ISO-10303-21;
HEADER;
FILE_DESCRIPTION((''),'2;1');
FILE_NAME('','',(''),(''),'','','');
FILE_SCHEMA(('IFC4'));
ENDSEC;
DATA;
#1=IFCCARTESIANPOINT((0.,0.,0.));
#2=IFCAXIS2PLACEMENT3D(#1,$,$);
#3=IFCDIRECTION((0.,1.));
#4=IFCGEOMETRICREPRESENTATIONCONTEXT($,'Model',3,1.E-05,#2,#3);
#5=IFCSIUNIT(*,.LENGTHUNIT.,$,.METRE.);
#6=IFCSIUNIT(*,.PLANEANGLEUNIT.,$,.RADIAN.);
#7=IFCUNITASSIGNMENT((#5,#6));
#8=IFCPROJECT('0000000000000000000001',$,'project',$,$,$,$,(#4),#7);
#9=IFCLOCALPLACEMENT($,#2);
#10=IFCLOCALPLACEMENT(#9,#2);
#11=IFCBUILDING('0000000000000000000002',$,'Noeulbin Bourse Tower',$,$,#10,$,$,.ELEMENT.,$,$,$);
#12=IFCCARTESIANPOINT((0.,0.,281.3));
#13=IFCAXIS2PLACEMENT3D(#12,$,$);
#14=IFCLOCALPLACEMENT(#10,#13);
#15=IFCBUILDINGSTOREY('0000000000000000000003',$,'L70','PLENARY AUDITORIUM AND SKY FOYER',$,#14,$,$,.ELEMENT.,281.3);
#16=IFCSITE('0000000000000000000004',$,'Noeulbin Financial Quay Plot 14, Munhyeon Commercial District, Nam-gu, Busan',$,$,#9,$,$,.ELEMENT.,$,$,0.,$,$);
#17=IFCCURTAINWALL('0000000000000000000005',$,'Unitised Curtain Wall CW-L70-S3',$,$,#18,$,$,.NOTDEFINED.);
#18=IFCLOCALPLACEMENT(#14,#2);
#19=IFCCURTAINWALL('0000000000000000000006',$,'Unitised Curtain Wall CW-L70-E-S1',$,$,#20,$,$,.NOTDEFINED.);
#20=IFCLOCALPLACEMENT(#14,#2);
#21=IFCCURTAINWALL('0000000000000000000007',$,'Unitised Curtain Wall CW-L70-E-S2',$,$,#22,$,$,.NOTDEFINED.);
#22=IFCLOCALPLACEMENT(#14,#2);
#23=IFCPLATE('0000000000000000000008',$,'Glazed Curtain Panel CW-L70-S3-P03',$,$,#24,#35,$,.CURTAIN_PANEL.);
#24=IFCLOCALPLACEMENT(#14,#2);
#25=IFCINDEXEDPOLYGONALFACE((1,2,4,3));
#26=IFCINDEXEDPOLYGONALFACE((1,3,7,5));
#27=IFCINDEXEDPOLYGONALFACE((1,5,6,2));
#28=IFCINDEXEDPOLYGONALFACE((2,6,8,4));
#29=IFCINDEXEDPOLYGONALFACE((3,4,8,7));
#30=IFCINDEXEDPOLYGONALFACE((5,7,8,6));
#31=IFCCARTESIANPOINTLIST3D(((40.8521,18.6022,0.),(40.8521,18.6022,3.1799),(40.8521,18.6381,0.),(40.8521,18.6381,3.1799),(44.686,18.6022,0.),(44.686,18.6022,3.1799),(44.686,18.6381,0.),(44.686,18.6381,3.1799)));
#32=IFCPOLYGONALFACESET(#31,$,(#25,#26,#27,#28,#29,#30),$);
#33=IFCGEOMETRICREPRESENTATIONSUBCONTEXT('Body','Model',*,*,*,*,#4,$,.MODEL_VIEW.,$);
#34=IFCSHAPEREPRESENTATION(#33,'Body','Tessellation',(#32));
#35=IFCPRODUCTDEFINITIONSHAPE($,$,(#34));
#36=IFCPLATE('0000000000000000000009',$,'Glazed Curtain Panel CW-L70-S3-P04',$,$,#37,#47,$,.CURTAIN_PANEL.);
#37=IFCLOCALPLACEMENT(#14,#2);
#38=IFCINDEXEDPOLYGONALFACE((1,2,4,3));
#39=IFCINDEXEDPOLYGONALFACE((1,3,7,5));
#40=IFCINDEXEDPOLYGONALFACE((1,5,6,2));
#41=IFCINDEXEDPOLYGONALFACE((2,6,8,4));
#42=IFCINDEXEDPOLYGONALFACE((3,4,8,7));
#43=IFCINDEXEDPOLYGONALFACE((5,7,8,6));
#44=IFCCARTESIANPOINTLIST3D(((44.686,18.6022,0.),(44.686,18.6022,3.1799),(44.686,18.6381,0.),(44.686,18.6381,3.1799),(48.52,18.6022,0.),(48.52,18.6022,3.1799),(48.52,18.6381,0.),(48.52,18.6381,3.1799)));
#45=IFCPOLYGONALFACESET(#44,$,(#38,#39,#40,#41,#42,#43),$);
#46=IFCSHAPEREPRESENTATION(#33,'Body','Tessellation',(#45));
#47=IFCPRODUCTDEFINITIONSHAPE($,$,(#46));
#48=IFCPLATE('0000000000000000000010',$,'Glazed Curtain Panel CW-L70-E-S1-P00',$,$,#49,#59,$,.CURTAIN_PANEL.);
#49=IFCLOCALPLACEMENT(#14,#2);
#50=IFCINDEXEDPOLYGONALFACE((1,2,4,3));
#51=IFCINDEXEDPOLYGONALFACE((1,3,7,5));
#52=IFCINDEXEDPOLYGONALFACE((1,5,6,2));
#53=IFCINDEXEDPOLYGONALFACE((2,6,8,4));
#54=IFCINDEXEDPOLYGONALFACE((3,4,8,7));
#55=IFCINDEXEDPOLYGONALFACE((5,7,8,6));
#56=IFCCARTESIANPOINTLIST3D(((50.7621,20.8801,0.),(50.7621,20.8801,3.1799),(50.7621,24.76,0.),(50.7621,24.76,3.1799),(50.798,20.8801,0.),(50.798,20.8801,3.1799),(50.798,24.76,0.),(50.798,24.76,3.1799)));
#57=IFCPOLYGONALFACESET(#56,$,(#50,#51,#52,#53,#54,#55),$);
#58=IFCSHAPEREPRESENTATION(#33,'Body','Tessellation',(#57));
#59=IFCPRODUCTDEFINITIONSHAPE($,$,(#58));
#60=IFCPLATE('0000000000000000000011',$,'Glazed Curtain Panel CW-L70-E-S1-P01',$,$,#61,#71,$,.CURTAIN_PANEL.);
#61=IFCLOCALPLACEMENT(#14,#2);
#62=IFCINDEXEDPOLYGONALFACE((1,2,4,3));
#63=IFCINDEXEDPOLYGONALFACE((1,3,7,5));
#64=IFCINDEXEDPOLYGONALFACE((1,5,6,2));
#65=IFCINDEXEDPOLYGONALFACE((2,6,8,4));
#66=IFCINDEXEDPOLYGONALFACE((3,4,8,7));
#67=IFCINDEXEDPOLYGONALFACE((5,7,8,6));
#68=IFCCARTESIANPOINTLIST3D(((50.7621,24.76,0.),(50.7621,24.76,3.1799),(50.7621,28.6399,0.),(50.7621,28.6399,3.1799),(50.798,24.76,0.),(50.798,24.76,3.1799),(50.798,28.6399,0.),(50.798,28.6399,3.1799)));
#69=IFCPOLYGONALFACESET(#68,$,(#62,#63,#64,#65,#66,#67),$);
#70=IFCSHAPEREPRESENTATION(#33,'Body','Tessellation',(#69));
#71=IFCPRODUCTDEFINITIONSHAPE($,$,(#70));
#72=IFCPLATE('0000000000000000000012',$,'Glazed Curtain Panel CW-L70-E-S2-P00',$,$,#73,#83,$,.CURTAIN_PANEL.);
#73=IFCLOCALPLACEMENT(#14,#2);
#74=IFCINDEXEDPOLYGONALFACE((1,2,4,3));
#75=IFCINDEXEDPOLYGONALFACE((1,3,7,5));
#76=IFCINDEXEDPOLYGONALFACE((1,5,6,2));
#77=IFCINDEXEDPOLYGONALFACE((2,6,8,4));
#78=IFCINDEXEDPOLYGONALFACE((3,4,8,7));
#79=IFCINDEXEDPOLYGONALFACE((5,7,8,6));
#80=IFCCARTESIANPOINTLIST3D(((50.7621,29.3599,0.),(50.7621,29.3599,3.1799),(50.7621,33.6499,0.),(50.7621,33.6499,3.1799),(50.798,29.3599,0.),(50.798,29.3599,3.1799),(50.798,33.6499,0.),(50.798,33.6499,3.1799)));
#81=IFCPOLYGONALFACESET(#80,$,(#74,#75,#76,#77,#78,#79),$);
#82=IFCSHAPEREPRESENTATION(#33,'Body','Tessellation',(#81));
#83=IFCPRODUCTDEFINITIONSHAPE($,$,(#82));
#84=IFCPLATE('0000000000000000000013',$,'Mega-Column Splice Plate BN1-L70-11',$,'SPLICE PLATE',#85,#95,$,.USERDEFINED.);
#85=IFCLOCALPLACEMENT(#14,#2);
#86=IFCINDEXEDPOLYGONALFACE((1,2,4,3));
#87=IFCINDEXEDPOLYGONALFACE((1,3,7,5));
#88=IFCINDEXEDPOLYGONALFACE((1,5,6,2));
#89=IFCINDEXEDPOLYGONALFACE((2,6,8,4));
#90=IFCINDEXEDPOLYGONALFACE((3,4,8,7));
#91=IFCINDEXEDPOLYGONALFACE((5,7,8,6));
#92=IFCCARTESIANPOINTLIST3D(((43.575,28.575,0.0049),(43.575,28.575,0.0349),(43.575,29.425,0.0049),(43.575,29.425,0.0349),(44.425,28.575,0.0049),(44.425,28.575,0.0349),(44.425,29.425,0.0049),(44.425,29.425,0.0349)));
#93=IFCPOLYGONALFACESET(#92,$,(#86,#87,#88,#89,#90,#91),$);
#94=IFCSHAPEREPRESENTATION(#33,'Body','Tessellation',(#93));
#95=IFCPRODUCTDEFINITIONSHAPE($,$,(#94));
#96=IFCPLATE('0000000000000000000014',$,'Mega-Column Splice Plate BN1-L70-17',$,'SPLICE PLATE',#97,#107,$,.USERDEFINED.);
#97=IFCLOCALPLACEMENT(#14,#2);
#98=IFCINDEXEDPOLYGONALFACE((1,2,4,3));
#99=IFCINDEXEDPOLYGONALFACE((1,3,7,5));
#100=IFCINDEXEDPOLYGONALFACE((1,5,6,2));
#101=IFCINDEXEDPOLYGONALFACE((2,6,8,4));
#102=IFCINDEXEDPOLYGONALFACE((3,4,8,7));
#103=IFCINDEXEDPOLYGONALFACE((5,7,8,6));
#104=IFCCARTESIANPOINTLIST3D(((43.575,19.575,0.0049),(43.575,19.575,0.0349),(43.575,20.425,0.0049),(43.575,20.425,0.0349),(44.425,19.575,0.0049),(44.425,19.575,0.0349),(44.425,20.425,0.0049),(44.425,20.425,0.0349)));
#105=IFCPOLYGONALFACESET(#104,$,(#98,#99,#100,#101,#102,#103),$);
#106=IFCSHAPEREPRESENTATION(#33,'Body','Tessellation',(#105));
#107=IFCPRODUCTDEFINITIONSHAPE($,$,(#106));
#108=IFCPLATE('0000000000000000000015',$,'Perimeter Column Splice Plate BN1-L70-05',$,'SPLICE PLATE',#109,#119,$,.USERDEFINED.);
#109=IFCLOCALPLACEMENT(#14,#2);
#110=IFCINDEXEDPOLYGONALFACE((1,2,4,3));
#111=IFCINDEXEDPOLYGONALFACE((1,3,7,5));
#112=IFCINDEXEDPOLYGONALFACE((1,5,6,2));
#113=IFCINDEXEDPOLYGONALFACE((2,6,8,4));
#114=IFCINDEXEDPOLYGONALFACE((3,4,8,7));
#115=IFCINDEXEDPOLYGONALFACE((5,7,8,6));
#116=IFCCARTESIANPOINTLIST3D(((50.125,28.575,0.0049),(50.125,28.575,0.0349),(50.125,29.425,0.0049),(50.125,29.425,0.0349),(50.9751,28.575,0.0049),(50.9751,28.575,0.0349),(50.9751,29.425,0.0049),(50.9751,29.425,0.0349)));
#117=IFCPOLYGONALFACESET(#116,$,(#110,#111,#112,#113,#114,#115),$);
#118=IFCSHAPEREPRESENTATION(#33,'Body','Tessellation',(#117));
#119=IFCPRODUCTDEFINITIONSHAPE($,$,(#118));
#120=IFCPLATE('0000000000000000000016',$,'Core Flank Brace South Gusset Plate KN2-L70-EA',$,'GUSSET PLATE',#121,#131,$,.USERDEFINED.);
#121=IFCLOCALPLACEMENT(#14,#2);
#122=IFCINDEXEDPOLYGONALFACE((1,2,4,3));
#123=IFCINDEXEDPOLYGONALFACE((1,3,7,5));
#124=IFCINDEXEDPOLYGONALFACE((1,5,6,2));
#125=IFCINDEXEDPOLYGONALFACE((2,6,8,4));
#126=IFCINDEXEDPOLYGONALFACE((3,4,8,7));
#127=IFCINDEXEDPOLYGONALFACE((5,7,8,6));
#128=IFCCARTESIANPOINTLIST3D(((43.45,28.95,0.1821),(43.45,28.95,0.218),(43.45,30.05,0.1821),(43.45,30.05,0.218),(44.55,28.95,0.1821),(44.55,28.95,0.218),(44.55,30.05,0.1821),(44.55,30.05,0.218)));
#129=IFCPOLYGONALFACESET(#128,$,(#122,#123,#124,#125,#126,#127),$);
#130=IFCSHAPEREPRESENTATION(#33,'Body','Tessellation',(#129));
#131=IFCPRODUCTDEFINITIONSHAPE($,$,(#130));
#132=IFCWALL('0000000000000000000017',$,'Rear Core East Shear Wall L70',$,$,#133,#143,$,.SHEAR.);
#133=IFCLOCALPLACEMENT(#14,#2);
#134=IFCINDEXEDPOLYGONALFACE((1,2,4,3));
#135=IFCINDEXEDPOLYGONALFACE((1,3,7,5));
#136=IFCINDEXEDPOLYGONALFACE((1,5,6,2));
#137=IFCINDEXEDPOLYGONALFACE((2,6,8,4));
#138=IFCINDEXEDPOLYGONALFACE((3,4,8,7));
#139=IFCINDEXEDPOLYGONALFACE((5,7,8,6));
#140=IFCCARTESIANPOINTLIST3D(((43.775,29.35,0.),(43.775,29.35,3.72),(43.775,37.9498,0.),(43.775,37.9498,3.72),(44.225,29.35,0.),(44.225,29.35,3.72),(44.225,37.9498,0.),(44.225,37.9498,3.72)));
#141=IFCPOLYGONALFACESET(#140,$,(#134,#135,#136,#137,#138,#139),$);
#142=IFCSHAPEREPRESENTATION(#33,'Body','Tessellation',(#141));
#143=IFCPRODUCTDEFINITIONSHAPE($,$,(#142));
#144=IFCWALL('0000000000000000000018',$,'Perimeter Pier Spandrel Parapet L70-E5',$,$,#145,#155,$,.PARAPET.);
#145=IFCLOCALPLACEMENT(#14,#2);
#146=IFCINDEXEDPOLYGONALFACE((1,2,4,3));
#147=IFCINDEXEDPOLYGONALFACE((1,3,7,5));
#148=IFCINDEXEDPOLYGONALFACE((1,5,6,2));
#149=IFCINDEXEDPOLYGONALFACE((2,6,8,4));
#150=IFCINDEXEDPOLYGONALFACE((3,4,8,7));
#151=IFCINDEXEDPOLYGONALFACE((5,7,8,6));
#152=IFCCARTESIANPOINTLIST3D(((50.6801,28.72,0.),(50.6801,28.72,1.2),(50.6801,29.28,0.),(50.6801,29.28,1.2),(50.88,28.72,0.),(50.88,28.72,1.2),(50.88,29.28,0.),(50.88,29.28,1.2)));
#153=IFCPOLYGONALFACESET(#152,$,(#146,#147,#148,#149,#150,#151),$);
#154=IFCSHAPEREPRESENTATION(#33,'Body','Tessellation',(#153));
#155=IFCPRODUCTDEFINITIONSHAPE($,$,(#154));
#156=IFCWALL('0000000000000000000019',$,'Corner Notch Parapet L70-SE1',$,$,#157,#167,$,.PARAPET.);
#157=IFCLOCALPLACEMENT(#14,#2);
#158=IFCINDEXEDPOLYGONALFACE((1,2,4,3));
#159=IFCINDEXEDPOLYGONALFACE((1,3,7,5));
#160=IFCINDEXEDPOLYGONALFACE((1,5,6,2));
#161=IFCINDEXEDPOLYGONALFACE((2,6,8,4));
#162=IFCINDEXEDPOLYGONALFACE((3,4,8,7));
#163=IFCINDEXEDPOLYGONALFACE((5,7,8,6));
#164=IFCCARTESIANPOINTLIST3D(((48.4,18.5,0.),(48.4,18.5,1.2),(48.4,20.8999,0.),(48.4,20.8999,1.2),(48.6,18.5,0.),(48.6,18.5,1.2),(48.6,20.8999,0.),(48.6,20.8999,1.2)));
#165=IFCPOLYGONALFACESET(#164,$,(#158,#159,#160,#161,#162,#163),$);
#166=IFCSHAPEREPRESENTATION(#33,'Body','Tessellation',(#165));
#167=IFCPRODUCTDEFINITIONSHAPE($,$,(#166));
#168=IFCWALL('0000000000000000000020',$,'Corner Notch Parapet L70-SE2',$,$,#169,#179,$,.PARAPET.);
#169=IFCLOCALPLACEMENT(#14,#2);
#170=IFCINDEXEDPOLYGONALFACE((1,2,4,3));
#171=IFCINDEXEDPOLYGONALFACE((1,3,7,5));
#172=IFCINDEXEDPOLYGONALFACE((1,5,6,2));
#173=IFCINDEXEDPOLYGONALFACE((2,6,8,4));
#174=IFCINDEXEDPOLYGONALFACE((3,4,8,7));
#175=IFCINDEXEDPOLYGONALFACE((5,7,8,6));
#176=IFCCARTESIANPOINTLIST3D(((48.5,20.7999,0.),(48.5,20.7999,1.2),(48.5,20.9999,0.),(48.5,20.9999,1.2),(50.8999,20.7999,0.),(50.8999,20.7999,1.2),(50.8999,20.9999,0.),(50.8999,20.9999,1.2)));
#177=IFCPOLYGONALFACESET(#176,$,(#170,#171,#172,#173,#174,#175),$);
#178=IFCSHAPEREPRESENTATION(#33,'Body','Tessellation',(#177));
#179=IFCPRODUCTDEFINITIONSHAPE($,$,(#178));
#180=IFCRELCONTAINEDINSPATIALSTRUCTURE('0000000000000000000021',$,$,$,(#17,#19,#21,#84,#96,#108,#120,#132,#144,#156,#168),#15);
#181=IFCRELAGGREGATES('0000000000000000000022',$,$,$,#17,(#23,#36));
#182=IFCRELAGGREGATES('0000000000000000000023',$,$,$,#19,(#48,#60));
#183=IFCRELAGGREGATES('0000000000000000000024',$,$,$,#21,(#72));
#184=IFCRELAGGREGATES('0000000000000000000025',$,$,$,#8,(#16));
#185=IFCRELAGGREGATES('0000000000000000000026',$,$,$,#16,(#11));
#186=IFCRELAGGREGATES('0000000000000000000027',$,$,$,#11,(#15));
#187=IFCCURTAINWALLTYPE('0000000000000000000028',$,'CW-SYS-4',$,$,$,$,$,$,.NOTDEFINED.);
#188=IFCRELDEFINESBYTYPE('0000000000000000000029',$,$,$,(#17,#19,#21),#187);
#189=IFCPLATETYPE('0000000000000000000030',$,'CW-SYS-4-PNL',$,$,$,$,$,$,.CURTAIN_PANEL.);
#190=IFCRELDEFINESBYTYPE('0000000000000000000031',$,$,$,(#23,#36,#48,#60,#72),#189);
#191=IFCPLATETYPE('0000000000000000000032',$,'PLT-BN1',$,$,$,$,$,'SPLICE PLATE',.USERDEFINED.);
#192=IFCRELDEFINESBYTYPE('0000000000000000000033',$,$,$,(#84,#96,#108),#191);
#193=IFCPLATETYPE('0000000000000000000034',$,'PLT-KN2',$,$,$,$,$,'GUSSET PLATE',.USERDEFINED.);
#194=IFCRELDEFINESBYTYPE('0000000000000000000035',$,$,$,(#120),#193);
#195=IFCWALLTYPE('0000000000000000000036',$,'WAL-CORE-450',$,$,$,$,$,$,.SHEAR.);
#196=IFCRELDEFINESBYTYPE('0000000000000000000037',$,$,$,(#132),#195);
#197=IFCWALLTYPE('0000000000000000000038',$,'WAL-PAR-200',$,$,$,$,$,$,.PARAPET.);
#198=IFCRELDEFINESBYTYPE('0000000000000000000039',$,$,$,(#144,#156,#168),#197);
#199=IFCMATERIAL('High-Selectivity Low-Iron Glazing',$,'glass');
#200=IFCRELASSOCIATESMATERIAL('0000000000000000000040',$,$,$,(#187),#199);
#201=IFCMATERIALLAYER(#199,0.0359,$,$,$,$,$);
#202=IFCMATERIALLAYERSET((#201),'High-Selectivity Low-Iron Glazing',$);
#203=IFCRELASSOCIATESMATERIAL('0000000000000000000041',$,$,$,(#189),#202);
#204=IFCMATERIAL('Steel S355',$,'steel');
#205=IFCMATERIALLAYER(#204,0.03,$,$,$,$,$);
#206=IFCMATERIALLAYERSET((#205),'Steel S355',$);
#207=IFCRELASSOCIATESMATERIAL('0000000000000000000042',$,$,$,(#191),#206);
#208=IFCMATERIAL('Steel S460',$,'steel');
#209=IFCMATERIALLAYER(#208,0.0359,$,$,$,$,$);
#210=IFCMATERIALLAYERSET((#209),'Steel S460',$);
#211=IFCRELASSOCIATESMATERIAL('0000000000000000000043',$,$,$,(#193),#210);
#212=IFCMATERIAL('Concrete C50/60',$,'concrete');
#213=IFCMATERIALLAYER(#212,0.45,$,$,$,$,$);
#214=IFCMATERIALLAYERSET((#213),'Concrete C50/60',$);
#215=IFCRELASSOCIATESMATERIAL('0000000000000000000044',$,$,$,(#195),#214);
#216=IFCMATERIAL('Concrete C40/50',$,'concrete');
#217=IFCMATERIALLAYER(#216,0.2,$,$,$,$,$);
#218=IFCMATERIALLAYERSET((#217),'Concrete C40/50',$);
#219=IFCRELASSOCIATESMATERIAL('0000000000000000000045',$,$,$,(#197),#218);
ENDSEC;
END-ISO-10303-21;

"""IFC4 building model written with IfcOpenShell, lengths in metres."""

from ifc_helpers import new_model, si_unit, direction, frame, frame_2d, origin, origin_2d, place, context, subcontext, project, spatial, rectangle, extrude, material, layer, layer_set, type_object, element, aggregate, save


model = new_model("IFC4")

# Units and contexts
model_context = context("Model", 3, precision=1e-05, world=origin(), true_north=direction((0.0, 1.0)))
body_context = subcontext(model_context, "Body", "Model", "MODEL_VIEW")
ifc_project = project(units=[si_unit("LENGTHUNIT", "METRE"), si_unit("PLANEANGLEUNIT", "RADIAN")], contexts=[model_context])

# Site, building, storey
site_placement = place(None, origin())
site = spatial("IfcSite", under=ifc_project, at=site_placement, Name="Noeulbin Financial Quay Plot 14, Munhyeon Commercial District, Nam-gu, Busan", CompositionType="ELEMENT", RefElevation=0.0)
building_placement = place(site_placement, origin())
building = spatial("IfcBuilding", under=site, at=building_placement, Name="Noeulbin Bourse Tower", CompositionType="ELEMENT")
storey_placement = place(building_placement, frame((0.0, 0.0, 281.3)))
storey = spatial("IfcBuildingStorey", under=building, at=storey_placement, Name="L70", Description="PLENARY AUDITORIUM AND SKY FOYER", CompositionType="ELEMENT", Elevation=281.3)

# Shared definitions
ifc_material_1 = material(Name="Steel S355", Category="steel")

# Shared definitions
ifc_material_2 = material(Name="Steel S460", Category="steel")

# Curtain walls
ifc_material_3 = material(Name="High-Selectivity Low-Iron Glazing", Category="glass")
curtain_wall_type = type_object("IfcCurtainWallType", Name="CW-SYS-4", PredefinedType="NOTDEFINED", material=ifc_material_3)
curtain_wall_1_placement = place(storey_placement, origin())
curtain_wall_1 = element("IfcCurtainWall", 1, at=curtain_wall_1_placement, inside=storey, type_object=curtain_wall_type, Name="Unitised Curtain Wall CW-L70-S3", PredefinedType="NOTDEFINED")
curtain_wall_2_placement = place(storey_placement, origin())
curtain_wall_2 = element("IfcCurtainWall", 2, at=curtain_wall_2_placement, inside=storey, type_object=curtain_wall_type, Name="Unitised Curtain Wall CW-L70-E-S1", PredefinedType="NOTDEFINED")

# Curtain wall
curtain_wall_3_placement = place(storey_placement, origin())
curtain_wall_3 = element("IfcCurtainWall", 3, at=curtain_wall_3_placement, inside=storey, type_object=curtain_wall_type, Name="Unitised Curtain Wall CW-L70-E-S2", PredefinedType="NOTDEFINED")

# Plates
ifc_layer_1 = layer(ifc_material_3, 0.0359)
ifc_layer_set_1 = layer_set([ifc_layer_1], Name="High-Selectivity Low-Iron Glazing")
plate_type_1 = type_object("IfcPlateType", Name="CW-SYS-4-PNL", PredefinedType="CURTAIN_PANEL", material=ifc_layer_set_1)
plate_1_placement = place(storey_placement, frame((42.769, 18.6201, 0.0), z_axis=(0.0, 0.0, 1.0), x_axis=(1.0, 0.0, 0.0)))
plate_1 = element("IfcPlate", 4, at=plate_1_placement, type_object=plate_type_1, Name="Glazed Curtain Panel CW-L70-S3-P03", PredefinedType="CURTAIN_PANEL", context=body_context, shape_type="SweptSolid", body=[
    extrude(rectangle(XDim=3.834, YDim=0.0359, at=origin_2d()), origin(), (0.0, 0.0, 1.0), 3.1799),
])
plate_2_placement = place(storey_placement, frame((46.603, 18.6201, 0.0), z_axis=(0.0, 0.0, 1.0), x_axis=(1.0, 0.0, 0.0)))
plate_2 = element("IfcPlate", 5, at=plate_2_placement, type_object=plate_type_1, Name="Glazed Curtain Panel CW-L70-S3-P04", PredefinedType="CURTAIN_PANEL", context=body_context, shape_type="SweptSolid", body=[
    extrude(rectangle(XDim=3.834, YDim=0.0359, at=origin_2d()), origin(), (0.0, 0.0, 1.0), 3.1799),
])
aggregate(curtain_wall_1, [plate_1, plate_2])
plate_3_placement = place(storey_placement, frame((50.78, 22.8201, 0.0), z_axis=(0.0, 0.0, 1.0), x_axis=(0.0, 1.0, 0.0)))
plate_3 = element("IfcPlate", 6, at=plate_3_placement, type_object=plate_type_1, Name="Glazed Curtain Panel CW-L70-E-S1-P00", PredefinedType="CURTAIN_PANEL", context=body_context, shape_type="SweptSolid", body=[
    extrude(rectangle(XDim=3.8799, YDim=0.0359, at=origin_2d()), origin(), (0.0, 0.0, 1.0), 3.1799),
])
plate_4_placement = place(storey_placement, frame((50.78, 26.7, 0.0), z_axis=(0.0, 0.0, 1.0), x_axis=(0.0, 1.0, 0.0)))
plate_4 = element("IfcPlate", 7, at=plate_4_placement, type_object=plate_type_1, Name="Glazed Curtain Panel CW-L70-E-S1-P01", PredefinedType="CURTAIN_PANEL", context=body_context, shape_type="SweptSolid", body=[
    extrude(rectangle(XDim=3.8799, YDim=0.0359, at=origin_2d()), origin(), (0.0, 0.0, 1.0), 3.1799),
])
aggregate(curtain_wall_2, [plate_3, plate_4])
plate_5_placement = place(storey_placement, frame((50.78, 31.5049, 0.0), z_axis=(0.0, 0.0, 1.0), x_axis=(0.0, 1.0, 0.0)))
plate_5 = element("IfcPlate", 8, at=plate_5_placement, type_object=plate_type_1, Name="Glazed Curtain Panel CW-L70-E-S2-P00", PredefinedType="CURTAIN_PANEL", context=body_context, shape_type="SweptSolid", body=[
    extrude(rectangle(XDim=4.29, YDim=0.0359, at=origin_2d()), origin(), (0.0, 0.0, 1.0), 3.1799),
])
aggregate(curtain_wall_3, [plate_5])

# Plates
ifc_layer_2 = layer(ifc_material_1, 0.03)
ifc_layer_set_2 = layer_set([ifc_layer_2], Name="Steel S355")
plate_type_2 = type_object("IfcPlateType", Name="PLT-BN1", ElementType="SPLICE PLATE", PredefinedType="USERDEFINED", material=ifc_layer_set_2)
for number, where, z_axis, x_axis, name in (
    (9, (44.0, 29.0, 0.0049), (0.0, 0.0, 1.0), (1.0, 0.0, 0.0), "Mega-Column Splice Plate BN1-L70-11"),
    (10, (44.0, 20.0, 0.0049), (0.0, 0.0, 1.0), (1.0, 0.0, 0.0), "Mega-Column Splice Plate BN1-L70-17"),
    (11, (50.55, 29.0, 0.0049), (0.0, 0.0, 1.0), (1.0, 0.0, 0.0), "Perimeter Column Splice Plate BN1-L70-05"),
):
    element("IfcPlate", number, at=place(storey_placement, frame(where, z_axis=z_axis, x_axis=x_axis)), inside=storey, type_object=plate_type_2, Name=name, ObjectType="SPLICE PLATE", PredefinedType="USERDEFINED", context=body_context, shape_type="SweptSolid", body=[
        extrude(rectangle(XDim=0.8501, YDim=0.8501, at=origin_2d()), origin(), (0.0, 0.0, 1.0), 0.03),
    ])
ifc_layer_3 = layer(ifc_material_2, 0.0359)
ifc_layer_set_3 = layer_set([ifc_layer_3], Name="Steel S460")
plate_type_3 = type_object("IfcPlateType", Name="PLT-KN2", ElementType="GUSSET PLATE", PredefinedType="USERDEFINED", material=ifc_layer_set_3)
plate_6_placement = place(storey_placement, frame((44.0, 29.5, 0.1821), z_axis=(0.0, 0.0, 1.0), x_axis=(1.0, 0.0, 0.0)))
element("IfcPlate", 12, at=plate_6_placement, inside=storey, type_object=plate_type_3, Name="Core Flank Brace South Gusset Plate KN2-L70-EA", ObjectType="GUSSET PLATE", PredefinedType="USERDEFINED", context=body_context, shape_type="SweptSolid", body=[
    extrude(rectangle(XDim=1.1001, YDim=1.1001, at=origin_2d()), origin(), (0.0, 0.0, 1.0), 0.0359),
])

# Walls
ifc_material_4 = material(Name="Concrete C50/60", Category="concrete")
ifc_layer_4 = layer(ifc_material_4, 0.45)
ifc_layer_set_4 = layer_set([ifc_layer_4], Name="Concrete C50/60")
wall_type_1 = type_object("IfcWallType", Name="WAL-CORE-450", PredefinedType="SHEAR", material=ifc_layer_set_4)
wall_1_placement = place(storey_placement, frame((44.0, 29.3501, 0.0), z_axis=(0.0, 0.0, 1.0), x_axis=(0.0, 1.0, 0.0)))
element("IfcWall", 13, at=wall_1_placement, inside=storey, type_object=wall_type_1, Name="Rear Core East Shear Wall L70", PredefinedType="SHEAR", context=body_context, shape_type="SweptSolid", body=[
    extrude(rectangle(XDim=8.5999, YDim=0.45, at=frame_2d((4.2998, 0.0))), origin(), (0.0, 0.0, 1.0), 3.72),
])
ifc_material_5 = material(Name="Concrete C40/50", Category="concrete")
ifc_layer_5 = layer(ifc_material_5, 0.2)
ifc_layer_set_5 = layer_set([ifc_layer_5], Name="Concrete C40/50")
wall_type_2 = type_object("IfcWallType", Name="WAL-PAR-200", PredefinedType="PARAPET", material=ifc_layer_set_5)
wall_2_placement = place(storey_placement, frame((50.78, 28.72, 0.0), z_axis=(0.0, 0.0, 1.0), x_axis=(0.0, 1.0, 0.0)))
element("IfcWall", 14, at=wall_2_placement, inside=storey, type_object=wall_type_2, Name="Perimeter Pier Spandrel Parapet L70-E5", PredefinedType="PARAPET", context=body_context, shape_type="SweptSolid", body=[
    extrude(rectangle(XDim=0.5601, YDim=0.2, at=frame_2d((0.28, 0.0))), origin(), (0.0, 0.0, 1.0), 1.2),
])
for number, where, z_axis, x_axis, name in (
    (15, (48.5, 18.5, 0.0), (0.0, 0.0, 1.0), (0.0, 1.0, 0.0), "Corner Notch Parapet L70-SE1"),
    (16, (48.5, 20.8999, 0.0), (0.0, 0.0, 1.0), (1.0, 0.0, 0.0), "Corner Notch Parapet L70-SE2"),
):
    element("IfcWall", number, at=place(storey_placement, frame(where, z_axis=z_axis, x_axis=x_axis)), inside=storey, type_object=wall_type_2, Name=name, PredefinedType="PARAPET", context=body_context, shape_type="SweptSolid", body=[
        extrude(rectangle(XDim=2.3999, YDim=0.2, at=frame_2d((1.2, 0.0))), origin(), (0.0, 0.0, 1.0), 1.2),
    ])

save(model, "model.ifc")
